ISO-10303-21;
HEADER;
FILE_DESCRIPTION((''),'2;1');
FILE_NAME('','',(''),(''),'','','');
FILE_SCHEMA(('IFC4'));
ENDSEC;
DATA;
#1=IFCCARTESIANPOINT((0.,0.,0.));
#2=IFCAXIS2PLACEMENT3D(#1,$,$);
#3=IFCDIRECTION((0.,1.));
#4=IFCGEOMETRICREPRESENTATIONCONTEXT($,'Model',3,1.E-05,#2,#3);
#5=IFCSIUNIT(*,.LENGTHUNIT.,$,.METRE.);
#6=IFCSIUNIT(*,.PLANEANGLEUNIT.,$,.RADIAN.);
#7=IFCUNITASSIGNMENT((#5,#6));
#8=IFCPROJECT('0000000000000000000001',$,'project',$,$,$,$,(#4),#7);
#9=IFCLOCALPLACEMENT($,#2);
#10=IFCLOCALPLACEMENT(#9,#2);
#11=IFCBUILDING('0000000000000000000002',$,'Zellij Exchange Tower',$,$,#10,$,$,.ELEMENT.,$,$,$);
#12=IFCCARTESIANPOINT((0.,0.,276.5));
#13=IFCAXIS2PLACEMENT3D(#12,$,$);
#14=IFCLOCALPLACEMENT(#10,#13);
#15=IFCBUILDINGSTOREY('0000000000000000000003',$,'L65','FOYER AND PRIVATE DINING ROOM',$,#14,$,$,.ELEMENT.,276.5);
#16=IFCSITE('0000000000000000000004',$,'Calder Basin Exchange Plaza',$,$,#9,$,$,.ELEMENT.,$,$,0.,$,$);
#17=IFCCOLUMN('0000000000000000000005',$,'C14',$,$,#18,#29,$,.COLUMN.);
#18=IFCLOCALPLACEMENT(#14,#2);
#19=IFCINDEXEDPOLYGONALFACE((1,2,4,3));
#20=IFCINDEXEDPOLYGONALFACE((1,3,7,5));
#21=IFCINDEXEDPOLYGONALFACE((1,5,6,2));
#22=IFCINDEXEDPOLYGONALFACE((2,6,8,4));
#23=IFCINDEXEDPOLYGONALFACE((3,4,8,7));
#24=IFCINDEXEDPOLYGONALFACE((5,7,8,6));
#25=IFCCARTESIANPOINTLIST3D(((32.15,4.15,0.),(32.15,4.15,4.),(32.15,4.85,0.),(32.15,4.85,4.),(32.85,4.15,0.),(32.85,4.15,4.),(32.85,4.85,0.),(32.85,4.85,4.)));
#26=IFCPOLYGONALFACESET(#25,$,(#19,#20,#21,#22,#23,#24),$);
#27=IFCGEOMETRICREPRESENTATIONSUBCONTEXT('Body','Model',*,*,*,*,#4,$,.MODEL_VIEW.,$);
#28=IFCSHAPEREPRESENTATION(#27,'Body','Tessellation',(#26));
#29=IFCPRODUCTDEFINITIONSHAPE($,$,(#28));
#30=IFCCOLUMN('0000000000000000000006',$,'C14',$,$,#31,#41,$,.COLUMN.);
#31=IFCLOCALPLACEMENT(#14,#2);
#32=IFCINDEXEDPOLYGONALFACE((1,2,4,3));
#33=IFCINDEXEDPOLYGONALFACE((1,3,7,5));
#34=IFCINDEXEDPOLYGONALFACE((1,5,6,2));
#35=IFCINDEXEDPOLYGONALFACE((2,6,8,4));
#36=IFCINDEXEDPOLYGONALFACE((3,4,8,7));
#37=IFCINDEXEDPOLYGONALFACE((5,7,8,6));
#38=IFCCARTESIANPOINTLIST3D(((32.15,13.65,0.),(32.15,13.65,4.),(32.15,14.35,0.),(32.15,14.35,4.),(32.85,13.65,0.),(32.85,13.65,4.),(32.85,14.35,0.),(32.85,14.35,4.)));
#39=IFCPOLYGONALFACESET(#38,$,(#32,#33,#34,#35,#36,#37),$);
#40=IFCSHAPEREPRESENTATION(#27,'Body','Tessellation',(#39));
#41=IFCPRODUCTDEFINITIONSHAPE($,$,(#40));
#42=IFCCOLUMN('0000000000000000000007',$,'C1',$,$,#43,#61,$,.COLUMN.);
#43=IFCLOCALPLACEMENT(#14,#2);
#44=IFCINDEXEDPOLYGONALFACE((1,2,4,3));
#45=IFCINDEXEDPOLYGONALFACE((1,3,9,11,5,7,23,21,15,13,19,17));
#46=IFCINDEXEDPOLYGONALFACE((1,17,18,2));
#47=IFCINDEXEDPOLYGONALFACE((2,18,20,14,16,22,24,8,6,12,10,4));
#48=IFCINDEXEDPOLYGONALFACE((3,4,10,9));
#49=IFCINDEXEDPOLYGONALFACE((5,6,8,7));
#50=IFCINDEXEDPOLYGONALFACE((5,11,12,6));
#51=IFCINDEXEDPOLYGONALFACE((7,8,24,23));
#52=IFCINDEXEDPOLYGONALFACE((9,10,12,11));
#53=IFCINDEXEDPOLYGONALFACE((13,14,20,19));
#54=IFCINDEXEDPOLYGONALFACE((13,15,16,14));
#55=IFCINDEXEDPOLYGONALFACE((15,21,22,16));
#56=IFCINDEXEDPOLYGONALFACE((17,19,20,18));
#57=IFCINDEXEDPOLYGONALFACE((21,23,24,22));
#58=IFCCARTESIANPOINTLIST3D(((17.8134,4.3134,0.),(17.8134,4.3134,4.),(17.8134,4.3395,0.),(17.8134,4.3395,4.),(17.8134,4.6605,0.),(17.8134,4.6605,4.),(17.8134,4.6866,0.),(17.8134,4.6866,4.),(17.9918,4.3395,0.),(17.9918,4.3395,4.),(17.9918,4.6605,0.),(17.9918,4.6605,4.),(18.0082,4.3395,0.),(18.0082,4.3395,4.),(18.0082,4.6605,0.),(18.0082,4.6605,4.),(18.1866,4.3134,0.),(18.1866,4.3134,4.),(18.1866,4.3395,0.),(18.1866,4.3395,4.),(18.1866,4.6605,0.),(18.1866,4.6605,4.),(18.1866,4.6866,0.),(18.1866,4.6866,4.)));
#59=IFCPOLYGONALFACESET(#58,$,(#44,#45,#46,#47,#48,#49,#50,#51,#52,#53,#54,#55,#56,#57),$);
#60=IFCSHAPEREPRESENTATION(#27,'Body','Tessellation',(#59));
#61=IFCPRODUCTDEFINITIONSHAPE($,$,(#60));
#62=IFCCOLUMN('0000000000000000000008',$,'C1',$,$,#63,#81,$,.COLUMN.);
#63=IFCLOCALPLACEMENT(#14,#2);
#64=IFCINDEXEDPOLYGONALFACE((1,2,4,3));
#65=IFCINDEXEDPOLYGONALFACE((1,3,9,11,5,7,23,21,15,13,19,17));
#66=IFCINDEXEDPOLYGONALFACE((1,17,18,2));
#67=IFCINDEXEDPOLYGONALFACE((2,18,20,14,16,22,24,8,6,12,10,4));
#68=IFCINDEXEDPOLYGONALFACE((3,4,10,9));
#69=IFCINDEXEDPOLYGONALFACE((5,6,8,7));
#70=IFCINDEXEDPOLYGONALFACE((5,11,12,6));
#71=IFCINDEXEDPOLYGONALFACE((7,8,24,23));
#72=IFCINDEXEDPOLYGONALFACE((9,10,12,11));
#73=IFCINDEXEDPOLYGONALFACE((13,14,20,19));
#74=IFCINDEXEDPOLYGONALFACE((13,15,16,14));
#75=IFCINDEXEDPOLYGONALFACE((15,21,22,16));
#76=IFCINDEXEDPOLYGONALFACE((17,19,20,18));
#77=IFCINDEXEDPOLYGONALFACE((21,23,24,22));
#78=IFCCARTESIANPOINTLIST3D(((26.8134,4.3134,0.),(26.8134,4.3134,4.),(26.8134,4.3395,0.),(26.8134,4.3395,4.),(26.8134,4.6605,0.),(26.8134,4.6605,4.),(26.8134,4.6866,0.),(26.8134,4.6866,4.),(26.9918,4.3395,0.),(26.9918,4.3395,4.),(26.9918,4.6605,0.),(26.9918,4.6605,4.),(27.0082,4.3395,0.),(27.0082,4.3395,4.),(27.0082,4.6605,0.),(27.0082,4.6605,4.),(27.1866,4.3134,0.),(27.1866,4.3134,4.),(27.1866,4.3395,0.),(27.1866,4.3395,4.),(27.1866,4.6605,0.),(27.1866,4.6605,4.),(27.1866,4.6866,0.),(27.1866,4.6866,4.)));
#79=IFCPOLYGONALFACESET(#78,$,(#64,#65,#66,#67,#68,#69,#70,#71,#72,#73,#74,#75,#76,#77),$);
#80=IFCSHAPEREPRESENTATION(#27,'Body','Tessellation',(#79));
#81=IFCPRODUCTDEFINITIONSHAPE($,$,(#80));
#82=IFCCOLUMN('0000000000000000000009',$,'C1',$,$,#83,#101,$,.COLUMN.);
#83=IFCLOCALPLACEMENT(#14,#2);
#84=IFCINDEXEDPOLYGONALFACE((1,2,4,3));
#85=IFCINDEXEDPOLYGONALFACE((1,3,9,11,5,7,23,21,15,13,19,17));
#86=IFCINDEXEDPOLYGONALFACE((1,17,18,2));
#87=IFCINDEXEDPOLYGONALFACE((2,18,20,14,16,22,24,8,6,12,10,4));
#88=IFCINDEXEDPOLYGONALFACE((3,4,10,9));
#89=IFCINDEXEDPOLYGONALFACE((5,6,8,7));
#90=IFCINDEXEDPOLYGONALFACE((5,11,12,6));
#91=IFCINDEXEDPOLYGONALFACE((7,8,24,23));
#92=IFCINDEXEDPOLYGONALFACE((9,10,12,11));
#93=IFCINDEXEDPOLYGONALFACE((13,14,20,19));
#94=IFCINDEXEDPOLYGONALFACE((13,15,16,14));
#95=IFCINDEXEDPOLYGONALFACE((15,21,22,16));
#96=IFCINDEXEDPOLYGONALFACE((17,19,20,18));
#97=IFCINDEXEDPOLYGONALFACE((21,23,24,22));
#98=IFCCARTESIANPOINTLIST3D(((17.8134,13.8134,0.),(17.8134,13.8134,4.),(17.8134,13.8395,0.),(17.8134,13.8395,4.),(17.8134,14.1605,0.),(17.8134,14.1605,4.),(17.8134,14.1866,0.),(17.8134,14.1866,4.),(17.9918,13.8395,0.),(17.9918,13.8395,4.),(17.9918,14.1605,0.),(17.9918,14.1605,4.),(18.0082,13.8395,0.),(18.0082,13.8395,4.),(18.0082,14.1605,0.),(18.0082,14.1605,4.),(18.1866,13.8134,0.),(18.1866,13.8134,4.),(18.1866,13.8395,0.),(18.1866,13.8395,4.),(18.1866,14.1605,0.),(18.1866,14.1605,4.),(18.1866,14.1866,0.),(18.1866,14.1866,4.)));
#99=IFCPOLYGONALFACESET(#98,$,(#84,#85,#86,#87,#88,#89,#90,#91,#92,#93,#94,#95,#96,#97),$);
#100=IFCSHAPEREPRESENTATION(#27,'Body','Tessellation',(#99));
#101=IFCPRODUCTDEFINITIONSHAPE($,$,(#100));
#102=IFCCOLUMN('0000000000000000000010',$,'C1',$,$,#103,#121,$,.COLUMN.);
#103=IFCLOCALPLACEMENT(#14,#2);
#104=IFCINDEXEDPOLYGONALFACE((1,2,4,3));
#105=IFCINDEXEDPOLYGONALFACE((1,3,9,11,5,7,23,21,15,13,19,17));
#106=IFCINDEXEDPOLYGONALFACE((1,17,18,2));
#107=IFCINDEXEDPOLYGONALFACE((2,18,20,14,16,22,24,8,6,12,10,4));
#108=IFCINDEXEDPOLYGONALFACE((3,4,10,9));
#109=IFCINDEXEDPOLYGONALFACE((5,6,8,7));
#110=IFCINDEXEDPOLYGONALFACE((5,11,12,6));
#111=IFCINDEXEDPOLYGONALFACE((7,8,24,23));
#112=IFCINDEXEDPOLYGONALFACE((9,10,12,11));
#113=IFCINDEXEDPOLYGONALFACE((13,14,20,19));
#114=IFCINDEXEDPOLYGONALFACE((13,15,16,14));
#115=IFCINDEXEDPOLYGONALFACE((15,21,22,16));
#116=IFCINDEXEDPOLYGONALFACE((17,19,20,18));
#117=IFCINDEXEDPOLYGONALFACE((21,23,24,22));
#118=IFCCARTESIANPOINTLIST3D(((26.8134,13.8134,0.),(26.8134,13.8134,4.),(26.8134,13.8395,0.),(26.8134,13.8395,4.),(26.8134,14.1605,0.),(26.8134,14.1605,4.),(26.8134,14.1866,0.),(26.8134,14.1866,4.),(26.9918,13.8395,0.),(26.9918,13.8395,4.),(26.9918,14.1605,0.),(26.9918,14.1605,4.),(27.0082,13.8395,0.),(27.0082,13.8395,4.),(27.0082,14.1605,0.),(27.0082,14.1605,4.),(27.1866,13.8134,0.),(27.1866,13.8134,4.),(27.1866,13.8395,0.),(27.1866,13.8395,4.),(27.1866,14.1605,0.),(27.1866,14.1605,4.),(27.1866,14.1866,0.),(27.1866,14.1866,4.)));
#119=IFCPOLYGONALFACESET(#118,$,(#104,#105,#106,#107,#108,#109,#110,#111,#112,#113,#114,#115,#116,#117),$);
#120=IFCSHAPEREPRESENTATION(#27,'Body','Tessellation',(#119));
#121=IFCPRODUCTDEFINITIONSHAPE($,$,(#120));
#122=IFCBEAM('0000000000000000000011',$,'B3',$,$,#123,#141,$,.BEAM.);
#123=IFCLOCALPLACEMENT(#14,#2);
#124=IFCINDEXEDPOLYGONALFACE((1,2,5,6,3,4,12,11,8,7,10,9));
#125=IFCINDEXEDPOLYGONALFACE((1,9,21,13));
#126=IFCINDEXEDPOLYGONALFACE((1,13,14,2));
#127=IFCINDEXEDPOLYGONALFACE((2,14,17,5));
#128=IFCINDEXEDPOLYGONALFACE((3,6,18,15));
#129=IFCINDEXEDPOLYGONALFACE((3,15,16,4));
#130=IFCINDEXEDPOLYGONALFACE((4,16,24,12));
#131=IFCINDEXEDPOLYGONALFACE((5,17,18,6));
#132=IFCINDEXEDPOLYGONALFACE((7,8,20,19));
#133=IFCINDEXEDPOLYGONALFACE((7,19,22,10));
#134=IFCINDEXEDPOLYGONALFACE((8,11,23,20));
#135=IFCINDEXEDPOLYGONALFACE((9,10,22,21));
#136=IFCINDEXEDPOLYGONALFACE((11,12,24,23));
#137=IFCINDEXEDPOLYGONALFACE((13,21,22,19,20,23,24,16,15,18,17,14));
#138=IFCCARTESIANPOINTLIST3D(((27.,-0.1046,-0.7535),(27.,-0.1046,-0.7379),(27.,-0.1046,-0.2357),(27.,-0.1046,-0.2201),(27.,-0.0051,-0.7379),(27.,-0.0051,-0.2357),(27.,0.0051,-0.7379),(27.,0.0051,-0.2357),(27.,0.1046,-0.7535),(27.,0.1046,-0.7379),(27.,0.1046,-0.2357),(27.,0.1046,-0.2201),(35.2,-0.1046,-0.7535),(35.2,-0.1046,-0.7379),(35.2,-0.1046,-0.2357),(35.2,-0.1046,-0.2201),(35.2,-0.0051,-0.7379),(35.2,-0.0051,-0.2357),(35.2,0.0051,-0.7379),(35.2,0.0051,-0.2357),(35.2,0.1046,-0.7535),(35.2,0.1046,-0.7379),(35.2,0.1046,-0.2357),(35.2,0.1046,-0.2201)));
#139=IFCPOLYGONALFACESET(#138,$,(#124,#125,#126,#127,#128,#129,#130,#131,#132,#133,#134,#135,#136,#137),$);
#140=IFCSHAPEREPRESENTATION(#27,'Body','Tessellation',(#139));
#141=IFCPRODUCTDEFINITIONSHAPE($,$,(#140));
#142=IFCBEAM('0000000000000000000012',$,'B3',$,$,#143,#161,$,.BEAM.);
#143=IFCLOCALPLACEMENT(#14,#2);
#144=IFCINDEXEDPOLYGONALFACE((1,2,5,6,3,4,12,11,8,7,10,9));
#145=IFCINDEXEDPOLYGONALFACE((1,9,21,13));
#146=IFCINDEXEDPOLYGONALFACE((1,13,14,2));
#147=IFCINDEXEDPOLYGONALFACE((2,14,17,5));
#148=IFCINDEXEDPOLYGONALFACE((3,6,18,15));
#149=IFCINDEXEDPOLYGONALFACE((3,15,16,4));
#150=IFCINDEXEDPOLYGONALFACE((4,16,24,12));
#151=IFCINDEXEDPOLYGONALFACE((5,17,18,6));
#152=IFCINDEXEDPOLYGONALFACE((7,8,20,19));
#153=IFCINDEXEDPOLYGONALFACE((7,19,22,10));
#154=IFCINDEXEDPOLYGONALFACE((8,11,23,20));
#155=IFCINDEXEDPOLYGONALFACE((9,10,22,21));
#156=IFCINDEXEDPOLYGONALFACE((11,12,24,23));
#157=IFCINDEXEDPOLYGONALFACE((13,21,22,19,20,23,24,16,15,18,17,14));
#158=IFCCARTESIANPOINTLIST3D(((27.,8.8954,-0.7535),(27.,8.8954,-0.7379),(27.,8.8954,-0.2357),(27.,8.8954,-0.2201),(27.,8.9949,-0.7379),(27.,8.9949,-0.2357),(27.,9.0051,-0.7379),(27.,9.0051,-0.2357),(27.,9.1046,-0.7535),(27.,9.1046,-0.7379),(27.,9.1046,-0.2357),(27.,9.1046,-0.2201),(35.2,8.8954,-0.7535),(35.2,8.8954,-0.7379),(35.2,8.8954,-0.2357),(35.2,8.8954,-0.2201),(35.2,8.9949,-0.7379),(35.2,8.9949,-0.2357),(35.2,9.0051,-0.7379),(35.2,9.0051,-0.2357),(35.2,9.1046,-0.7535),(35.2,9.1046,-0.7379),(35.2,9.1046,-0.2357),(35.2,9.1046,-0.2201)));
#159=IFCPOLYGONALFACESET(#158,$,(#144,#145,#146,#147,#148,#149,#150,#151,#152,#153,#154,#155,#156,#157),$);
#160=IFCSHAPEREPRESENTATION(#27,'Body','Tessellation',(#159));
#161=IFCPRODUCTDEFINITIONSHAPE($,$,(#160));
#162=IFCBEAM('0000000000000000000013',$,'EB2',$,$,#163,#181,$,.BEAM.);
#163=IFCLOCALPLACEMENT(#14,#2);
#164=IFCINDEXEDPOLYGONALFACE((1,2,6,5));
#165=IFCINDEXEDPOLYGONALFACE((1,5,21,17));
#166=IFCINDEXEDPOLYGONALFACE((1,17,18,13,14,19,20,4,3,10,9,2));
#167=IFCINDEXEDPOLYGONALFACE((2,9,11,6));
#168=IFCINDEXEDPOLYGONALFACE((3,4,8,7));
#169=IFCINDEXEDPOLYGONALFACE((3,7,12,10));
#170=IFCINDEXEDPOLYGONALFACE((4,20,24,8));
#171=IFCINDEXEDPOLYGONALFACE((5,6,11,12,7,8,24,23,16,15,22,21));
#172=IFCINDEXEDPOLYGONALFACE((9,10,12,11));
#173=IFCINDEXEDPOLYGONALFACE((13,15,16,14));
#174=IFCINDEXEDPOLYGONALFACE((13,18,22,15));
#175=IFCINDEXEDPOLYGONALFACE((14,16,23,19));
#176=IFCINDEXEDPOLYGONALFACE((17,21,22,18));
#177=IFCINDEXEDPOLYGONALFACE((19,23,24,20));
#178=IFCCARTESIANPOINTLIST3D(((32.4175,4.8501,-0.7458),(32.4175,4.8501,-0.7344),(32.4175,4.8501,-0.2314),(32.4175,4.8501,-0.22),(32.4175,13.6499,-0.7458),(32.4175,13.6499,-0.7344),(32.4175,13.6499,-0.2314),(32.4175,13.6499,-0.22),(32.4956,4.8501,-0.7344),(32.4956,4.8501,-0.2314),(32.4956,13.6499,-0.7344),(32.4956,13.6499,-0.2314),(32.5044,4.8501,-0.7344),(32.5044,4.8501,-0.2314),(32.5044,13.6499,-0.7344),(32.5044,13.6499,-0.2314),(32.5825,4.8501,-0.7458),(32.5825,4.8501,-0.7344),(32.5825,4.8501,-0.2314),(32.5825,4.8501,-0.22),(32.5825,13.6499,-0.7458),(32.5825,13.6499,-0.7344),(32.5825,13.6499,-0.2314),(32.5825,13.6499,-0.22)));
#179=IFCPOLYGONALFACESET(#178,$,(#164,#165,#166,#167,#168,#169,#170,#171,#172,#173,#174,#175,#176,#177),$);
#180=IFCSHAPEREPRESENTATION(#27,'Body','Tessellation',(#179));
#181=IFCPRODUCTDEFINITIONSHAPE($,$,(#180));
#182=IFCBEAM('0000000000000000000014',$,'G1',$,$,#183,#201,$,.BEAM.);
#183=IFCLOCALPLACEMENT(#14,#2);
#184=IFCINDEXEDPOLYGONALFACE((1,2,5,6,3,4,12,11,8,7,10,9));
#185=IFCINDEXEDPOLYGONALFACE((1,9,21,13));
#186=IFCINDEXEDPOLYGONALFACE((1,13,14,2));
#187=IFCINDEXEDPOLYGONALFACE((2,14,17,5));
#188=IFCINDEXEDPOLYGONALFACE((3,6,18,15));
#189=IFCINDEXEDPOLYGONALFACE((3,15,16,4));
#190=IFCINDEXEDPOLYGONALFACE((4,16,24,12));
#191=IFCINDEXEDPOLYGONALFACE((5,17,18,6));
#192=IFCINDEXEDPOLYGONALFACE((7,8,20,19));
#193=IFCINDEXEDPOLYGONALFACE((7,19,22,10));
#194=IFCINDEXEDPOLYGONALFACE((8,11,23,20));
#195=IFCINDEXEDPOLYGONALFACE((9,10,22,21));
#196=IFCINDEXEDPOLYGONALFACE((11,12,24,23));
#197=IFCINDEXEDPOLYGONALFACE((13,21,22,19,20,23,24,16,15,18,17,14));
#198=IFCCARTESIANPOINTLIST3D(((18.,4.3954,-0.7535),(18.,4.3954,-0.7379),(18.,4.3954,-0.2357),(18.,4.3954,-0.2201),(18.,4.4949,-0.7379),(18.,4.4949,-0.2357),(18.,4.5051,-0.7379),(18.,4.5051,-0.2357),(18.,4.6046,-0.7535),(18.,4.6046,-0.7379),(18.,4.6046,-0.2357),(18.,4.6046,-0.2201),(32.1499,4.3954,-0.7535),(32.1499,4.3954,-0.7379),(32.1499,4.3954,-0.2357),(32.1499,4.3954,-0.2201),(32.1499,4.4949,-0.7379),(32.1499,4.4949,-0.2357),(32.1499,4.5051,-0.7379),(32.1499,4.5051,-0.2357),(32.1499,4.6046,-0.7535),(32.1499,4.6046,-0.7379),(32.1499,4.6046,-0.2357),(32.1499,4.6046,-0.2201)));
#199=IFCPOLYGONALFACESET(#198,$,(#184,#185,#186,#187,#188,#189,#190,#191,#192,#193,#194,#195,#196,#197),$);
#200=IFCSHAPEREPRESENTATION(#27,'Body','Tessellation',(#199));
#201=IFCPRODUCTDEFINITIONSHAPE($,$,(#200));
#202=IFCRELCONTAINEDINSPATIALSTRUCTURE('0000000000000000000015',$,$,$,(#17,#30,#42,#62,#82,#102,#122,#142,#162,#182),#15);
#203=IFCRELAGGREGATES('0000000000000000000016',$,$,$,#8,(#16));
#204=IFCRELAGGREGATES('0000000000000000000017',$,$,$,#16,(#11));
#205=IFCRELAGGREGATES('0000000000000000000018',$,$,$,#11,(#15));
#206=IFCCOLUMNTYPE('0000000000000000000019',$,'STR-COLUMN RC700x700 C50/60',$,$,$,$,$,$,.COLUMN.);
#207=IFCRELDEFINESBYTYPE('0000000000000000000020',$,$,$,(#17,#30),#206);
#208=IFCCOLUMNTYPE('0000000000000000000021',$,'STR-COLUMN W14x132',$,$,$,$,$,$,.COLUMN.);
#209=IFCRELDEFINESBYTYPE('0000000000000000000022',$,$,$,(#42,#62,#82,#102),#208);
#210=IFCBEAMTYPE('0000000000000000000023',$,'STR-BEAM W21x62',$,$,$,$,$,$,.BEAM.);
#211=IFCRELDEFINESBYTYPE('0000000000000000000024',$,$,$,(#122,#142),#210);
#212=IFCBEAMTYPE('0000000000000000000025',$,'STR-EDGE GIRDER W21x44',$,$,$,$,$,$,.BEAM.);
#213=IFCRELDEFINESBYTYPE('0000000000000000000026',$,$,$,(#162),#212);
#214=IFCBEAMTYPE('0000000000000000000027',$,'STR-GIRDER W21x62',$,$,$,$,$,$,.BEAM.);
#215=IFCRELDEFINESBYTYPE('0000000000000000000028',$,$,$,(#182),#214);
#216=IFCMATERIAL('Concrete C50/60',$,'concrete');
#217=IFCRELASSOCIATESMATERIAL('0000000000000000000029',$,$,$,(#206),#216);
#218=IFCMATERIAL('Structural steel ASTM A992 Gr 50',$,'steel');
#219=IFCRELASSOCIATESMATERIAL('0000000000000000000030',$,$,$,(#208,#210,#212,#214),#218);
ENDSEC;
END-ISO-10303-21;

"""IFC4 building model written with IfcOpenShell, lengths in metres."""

from ifc_helpers import new_model, si_unit, direction, frame, origin, origin_2d, place, context, subcontext, project, spatial, rectangle, i_section, extrude, material, material_profile, profile_set, type_object, element, save


model = new_model("IFC4")

# Units and contexts
model_context = context("Model", 3, precision=1e-05, world=origin(), true_north=direction((0.0, 1.0)))
body_context = subcontext(model_context, "Body", "Model", "MODEL_VIEW")
ifc_project = project(units=[si_unit("LENGTHUNIT", "METRE"), si_unit("PLANEANGLEUNIT", "RADIAN")], contexts=[model_context])

# Site, building, storey
site_placement = place(None, origin())
site = spatial("IfcSite", under=ifc_project, at=site_placement, Name="Calder Basin Exchange Plaza", CompositionType="ELEMENT", RefElevation=0.0)
building_placement = place(site_placement, origin())
building = spatial("IfcBuilding", under=site, at=building_placement, Name="Zellij Exchange Tower", CompositionType="ELEMENT")
storey_placement = place(building_placement, frame((0.0, 0.0, 276.5)))
storey = spatial("IfcBuildingStorey", under=building, at=storey_placement, Name="L65", Description="FOYER AND PRIVATE DINING ROOM", CompositionType="ELEMENT", Elevation=276.5)

# Columns
ifc_material_1 = material(Name="Concrete C50/60", Category="concrete")
ifc_material_profile_1 = material_profile(ifc_material_1, rectangle(XDim=0.7, YDim=0.7, at=origin_2d()), Name="STR-COLUMN RC700x700 C50/60")
ifc_profile_set_1 = profile_set([ifc_material_profile_1], Name="Concrete C50/60")
column_type_1 = type_object("IfcColumnType", Name="STR-COLUMN RC700x700 C50/60", PredefinedType="COLUMN", material=ifc_profile_set_1)
for number, where, z_axis, x_axis, name in (
    (1, (32.5, 4.5, 0.0), (0.0, 0.0, 1.0), (1.0, 0.0, 0.0), "C14"),
    (2, (32.5, 14.0, 0.0), (0.0, 0.0, 1.0), (1.0, 0.0, 0.0), "C14"),
):
    element("IfcColumn", number, at=place(storey_placement, frame(where, z_axis=z_axis, x_axis=x_axis)), inside=storey, type_object=column_type_1, Name=name, PredefinedType="COLUMN", context=body_context, shape_type="SweptSolid", body=[
        extrude(rectangle(XDim=0.7, YDim=0.7, at=origin_2d()), origin(), (0.0, 0.0, 1.0), 4.0),
    ])
ifc_material_2 = material(Name="Structural steel ASTM A992 Gr 50", Category="steel")
ifc_material_profile_2 = material_profile(ifc_material_2, i_section(OverallWidth=0.3733, OverallDepth=0.3733, WebThickness=0.0164, FlangeThickness=0.0261, at=origin_2d()), Name="W14x132")
ifc_profile_set_2 = profile_set([ifc_material_profile_2], Name="Structural steel ASTM A992 Gr 50")
column_type_2 = type_object("IfcColumnType", Name="STR-COLUMN W14x132", PredefinedType="COLUMN", material=ifc_profile_set_2)
for number, where, z_axis, x_axis, name in (
    (3, (18.0, 4.5, 0.0), (0.0, 0.0, 1.0), (1.0, 0.0, 0.0), "C1"),
    (4, (27.0, 4.5, 0.0), (0.0, 0.0, 1.0), (1.0, 0.0, 0.0), "C1"),
    (5, (18.0, 14.0, 0.0), (0.0, 0.0, 1.0), (1.0, 0.0, 0.0), "C1"),
    (6, (27.0, 14.0, 0.0), (0.0, 0.0, 1.0), (1.0, 0.0, 0.0), "C1"),
):
    element("IfcColumn", number, at=place(storey_placement, frame(where, z_axis=z_axis, x_axis=x_axis)), inside=storey, type_object=column_type_2, Name=name, PredefinedType="COLUMN", context=body_context, shape_type="SweptSolid", body=[
        extrude(i_section(OverallWidth=0.3733, OverallDepth=0.3733, WebThickness=0.0164, FlangeThickness=0.0261, at=origin_2d()), origin(), (0.0, 0.0, 1.0), 4.0),
    ])

# Beams
ifc_material_profile_3 = material_profile(ifc_material_2, i_section(OverallWidth=0.2092, OverallDepth=0.5334, WebThickness=0.0103, FlangeThickness=0.0156, at=origin_2d()), Name="W21x62")
ifc_profile_set_3 = profile_set([ifc_material_profile_3], Name="Structural steel ASTM A992 Gr 50")
beam_type_1 = type_object("IfcBeamType", Name="STR-BEAM W21x62", PredefinedType="BEAM", material=ifc_profile_set_3)
for number, where, z_axis, x_axis, name in (
    (7, (27.0, 0.0, -0.4868), (1.0, 0.0, 0.0), (0.0, 1.0, 0.0), "B3"),
    (8, (27.0, 9.0, -0.4868), (1.0, 0.0, 0.0), (0.0, 1.0, 0.0), "B3"),
):
    element("IfcBeam", number, at=place(storey_placement, frame(where, z_axis=z_axis, x_axis=x_axis)), inside=storey, type_object=beam_type_1, Name=name, PredefinedType="BEAM", context=body_context, shape_type="SweptSolid", body=[
        extrude(i_section(OverallWidth=0.2092, OverallDepth=0.5334, WebThickness=0.0103, FlangeThickness=0.0156, at=origin_2d()), origin(), (0.0, 0.0, 1.0), 8.2),
    ])
ifc_material_profile_4 = material_profile(ifc_material_2, i_section(OverallWidth=0.165, OverallDepth=0.5259, WebThickness=0.0088, FlangeThickness=0.0115, at=origin_2d()), Name="W21x44")
ifc_profile_set_4 = profile_set([ifc_material_profile_4], Name="Structural steel ASTM A992 Gr 50")
beam_type_2 = type_object("IfcBeamType", Name="STR-EDGE GIRDER W21x44", PredefinedType="BEAM", material=ifc_profile_set_4)
beam_1_placement = place(storey_placement, frame((32.5, 4.8501, -0.4829), z_axis=(0.0, 1.0, 0.0), x_axis=(-1.0, 0.0, 0.0)))
element("IfcBeam", 9, at=beam_1_placement, inside=storey, type_object=beam_type_2, Name="EB2", PredefinedType="BEAM", context=body_context, shape_type="SweptSolid", body=[
    extrude(i_section(OverallWidth=0.165, OverallDepth=0.5259, WebThickness=0.0088, FlangeThickness=0.0115, at=origin_2d()), origin(), (0.0, 0.0, 1.0), 8.7998),
])
ifc_material_profile_5 = material_profile(ifc_material_2, i_section(OverallWidth=0.2092, OverallDepth=0.5334, WebThickness=0.0103, FlangeThickness=0.0156, at=origin_2d()), Name="W21x62")
ifc_profile_set_5 = profile_set([ifc_material_profile_5], Name="Structural steel ASTM A992 Gr 50")
beam_type_3 = type_object("IfcBeamType", Name="STR-GIRDER W21x62", PredefinedType="BEAM", material=ifc_profile_set_5)
beam_2_placement = place(storey_placement, frame((18.0, 4.5, -0.4868), z_axis=(1.0, 0.0, 0.0), x_axis=(0.0, 1.0, 0.0)))
element("IfcBeam", 10, at=beam_2_placement, inside=storey, type_object=beam_type_3, Name="G1", PredefinedType="BEAM", context=body_context, shape_type="SweptSolid", body=[
    extrude(i_section(OverallWidth=0.2092, OverallDepth=0.5334, WebThickness=0.0103, FlangeThickness=0.0156, at=origin_2d()), origin(), (0.0, 0.0, 1.0), 14.1499),
])

save(model, "model.ifc")
